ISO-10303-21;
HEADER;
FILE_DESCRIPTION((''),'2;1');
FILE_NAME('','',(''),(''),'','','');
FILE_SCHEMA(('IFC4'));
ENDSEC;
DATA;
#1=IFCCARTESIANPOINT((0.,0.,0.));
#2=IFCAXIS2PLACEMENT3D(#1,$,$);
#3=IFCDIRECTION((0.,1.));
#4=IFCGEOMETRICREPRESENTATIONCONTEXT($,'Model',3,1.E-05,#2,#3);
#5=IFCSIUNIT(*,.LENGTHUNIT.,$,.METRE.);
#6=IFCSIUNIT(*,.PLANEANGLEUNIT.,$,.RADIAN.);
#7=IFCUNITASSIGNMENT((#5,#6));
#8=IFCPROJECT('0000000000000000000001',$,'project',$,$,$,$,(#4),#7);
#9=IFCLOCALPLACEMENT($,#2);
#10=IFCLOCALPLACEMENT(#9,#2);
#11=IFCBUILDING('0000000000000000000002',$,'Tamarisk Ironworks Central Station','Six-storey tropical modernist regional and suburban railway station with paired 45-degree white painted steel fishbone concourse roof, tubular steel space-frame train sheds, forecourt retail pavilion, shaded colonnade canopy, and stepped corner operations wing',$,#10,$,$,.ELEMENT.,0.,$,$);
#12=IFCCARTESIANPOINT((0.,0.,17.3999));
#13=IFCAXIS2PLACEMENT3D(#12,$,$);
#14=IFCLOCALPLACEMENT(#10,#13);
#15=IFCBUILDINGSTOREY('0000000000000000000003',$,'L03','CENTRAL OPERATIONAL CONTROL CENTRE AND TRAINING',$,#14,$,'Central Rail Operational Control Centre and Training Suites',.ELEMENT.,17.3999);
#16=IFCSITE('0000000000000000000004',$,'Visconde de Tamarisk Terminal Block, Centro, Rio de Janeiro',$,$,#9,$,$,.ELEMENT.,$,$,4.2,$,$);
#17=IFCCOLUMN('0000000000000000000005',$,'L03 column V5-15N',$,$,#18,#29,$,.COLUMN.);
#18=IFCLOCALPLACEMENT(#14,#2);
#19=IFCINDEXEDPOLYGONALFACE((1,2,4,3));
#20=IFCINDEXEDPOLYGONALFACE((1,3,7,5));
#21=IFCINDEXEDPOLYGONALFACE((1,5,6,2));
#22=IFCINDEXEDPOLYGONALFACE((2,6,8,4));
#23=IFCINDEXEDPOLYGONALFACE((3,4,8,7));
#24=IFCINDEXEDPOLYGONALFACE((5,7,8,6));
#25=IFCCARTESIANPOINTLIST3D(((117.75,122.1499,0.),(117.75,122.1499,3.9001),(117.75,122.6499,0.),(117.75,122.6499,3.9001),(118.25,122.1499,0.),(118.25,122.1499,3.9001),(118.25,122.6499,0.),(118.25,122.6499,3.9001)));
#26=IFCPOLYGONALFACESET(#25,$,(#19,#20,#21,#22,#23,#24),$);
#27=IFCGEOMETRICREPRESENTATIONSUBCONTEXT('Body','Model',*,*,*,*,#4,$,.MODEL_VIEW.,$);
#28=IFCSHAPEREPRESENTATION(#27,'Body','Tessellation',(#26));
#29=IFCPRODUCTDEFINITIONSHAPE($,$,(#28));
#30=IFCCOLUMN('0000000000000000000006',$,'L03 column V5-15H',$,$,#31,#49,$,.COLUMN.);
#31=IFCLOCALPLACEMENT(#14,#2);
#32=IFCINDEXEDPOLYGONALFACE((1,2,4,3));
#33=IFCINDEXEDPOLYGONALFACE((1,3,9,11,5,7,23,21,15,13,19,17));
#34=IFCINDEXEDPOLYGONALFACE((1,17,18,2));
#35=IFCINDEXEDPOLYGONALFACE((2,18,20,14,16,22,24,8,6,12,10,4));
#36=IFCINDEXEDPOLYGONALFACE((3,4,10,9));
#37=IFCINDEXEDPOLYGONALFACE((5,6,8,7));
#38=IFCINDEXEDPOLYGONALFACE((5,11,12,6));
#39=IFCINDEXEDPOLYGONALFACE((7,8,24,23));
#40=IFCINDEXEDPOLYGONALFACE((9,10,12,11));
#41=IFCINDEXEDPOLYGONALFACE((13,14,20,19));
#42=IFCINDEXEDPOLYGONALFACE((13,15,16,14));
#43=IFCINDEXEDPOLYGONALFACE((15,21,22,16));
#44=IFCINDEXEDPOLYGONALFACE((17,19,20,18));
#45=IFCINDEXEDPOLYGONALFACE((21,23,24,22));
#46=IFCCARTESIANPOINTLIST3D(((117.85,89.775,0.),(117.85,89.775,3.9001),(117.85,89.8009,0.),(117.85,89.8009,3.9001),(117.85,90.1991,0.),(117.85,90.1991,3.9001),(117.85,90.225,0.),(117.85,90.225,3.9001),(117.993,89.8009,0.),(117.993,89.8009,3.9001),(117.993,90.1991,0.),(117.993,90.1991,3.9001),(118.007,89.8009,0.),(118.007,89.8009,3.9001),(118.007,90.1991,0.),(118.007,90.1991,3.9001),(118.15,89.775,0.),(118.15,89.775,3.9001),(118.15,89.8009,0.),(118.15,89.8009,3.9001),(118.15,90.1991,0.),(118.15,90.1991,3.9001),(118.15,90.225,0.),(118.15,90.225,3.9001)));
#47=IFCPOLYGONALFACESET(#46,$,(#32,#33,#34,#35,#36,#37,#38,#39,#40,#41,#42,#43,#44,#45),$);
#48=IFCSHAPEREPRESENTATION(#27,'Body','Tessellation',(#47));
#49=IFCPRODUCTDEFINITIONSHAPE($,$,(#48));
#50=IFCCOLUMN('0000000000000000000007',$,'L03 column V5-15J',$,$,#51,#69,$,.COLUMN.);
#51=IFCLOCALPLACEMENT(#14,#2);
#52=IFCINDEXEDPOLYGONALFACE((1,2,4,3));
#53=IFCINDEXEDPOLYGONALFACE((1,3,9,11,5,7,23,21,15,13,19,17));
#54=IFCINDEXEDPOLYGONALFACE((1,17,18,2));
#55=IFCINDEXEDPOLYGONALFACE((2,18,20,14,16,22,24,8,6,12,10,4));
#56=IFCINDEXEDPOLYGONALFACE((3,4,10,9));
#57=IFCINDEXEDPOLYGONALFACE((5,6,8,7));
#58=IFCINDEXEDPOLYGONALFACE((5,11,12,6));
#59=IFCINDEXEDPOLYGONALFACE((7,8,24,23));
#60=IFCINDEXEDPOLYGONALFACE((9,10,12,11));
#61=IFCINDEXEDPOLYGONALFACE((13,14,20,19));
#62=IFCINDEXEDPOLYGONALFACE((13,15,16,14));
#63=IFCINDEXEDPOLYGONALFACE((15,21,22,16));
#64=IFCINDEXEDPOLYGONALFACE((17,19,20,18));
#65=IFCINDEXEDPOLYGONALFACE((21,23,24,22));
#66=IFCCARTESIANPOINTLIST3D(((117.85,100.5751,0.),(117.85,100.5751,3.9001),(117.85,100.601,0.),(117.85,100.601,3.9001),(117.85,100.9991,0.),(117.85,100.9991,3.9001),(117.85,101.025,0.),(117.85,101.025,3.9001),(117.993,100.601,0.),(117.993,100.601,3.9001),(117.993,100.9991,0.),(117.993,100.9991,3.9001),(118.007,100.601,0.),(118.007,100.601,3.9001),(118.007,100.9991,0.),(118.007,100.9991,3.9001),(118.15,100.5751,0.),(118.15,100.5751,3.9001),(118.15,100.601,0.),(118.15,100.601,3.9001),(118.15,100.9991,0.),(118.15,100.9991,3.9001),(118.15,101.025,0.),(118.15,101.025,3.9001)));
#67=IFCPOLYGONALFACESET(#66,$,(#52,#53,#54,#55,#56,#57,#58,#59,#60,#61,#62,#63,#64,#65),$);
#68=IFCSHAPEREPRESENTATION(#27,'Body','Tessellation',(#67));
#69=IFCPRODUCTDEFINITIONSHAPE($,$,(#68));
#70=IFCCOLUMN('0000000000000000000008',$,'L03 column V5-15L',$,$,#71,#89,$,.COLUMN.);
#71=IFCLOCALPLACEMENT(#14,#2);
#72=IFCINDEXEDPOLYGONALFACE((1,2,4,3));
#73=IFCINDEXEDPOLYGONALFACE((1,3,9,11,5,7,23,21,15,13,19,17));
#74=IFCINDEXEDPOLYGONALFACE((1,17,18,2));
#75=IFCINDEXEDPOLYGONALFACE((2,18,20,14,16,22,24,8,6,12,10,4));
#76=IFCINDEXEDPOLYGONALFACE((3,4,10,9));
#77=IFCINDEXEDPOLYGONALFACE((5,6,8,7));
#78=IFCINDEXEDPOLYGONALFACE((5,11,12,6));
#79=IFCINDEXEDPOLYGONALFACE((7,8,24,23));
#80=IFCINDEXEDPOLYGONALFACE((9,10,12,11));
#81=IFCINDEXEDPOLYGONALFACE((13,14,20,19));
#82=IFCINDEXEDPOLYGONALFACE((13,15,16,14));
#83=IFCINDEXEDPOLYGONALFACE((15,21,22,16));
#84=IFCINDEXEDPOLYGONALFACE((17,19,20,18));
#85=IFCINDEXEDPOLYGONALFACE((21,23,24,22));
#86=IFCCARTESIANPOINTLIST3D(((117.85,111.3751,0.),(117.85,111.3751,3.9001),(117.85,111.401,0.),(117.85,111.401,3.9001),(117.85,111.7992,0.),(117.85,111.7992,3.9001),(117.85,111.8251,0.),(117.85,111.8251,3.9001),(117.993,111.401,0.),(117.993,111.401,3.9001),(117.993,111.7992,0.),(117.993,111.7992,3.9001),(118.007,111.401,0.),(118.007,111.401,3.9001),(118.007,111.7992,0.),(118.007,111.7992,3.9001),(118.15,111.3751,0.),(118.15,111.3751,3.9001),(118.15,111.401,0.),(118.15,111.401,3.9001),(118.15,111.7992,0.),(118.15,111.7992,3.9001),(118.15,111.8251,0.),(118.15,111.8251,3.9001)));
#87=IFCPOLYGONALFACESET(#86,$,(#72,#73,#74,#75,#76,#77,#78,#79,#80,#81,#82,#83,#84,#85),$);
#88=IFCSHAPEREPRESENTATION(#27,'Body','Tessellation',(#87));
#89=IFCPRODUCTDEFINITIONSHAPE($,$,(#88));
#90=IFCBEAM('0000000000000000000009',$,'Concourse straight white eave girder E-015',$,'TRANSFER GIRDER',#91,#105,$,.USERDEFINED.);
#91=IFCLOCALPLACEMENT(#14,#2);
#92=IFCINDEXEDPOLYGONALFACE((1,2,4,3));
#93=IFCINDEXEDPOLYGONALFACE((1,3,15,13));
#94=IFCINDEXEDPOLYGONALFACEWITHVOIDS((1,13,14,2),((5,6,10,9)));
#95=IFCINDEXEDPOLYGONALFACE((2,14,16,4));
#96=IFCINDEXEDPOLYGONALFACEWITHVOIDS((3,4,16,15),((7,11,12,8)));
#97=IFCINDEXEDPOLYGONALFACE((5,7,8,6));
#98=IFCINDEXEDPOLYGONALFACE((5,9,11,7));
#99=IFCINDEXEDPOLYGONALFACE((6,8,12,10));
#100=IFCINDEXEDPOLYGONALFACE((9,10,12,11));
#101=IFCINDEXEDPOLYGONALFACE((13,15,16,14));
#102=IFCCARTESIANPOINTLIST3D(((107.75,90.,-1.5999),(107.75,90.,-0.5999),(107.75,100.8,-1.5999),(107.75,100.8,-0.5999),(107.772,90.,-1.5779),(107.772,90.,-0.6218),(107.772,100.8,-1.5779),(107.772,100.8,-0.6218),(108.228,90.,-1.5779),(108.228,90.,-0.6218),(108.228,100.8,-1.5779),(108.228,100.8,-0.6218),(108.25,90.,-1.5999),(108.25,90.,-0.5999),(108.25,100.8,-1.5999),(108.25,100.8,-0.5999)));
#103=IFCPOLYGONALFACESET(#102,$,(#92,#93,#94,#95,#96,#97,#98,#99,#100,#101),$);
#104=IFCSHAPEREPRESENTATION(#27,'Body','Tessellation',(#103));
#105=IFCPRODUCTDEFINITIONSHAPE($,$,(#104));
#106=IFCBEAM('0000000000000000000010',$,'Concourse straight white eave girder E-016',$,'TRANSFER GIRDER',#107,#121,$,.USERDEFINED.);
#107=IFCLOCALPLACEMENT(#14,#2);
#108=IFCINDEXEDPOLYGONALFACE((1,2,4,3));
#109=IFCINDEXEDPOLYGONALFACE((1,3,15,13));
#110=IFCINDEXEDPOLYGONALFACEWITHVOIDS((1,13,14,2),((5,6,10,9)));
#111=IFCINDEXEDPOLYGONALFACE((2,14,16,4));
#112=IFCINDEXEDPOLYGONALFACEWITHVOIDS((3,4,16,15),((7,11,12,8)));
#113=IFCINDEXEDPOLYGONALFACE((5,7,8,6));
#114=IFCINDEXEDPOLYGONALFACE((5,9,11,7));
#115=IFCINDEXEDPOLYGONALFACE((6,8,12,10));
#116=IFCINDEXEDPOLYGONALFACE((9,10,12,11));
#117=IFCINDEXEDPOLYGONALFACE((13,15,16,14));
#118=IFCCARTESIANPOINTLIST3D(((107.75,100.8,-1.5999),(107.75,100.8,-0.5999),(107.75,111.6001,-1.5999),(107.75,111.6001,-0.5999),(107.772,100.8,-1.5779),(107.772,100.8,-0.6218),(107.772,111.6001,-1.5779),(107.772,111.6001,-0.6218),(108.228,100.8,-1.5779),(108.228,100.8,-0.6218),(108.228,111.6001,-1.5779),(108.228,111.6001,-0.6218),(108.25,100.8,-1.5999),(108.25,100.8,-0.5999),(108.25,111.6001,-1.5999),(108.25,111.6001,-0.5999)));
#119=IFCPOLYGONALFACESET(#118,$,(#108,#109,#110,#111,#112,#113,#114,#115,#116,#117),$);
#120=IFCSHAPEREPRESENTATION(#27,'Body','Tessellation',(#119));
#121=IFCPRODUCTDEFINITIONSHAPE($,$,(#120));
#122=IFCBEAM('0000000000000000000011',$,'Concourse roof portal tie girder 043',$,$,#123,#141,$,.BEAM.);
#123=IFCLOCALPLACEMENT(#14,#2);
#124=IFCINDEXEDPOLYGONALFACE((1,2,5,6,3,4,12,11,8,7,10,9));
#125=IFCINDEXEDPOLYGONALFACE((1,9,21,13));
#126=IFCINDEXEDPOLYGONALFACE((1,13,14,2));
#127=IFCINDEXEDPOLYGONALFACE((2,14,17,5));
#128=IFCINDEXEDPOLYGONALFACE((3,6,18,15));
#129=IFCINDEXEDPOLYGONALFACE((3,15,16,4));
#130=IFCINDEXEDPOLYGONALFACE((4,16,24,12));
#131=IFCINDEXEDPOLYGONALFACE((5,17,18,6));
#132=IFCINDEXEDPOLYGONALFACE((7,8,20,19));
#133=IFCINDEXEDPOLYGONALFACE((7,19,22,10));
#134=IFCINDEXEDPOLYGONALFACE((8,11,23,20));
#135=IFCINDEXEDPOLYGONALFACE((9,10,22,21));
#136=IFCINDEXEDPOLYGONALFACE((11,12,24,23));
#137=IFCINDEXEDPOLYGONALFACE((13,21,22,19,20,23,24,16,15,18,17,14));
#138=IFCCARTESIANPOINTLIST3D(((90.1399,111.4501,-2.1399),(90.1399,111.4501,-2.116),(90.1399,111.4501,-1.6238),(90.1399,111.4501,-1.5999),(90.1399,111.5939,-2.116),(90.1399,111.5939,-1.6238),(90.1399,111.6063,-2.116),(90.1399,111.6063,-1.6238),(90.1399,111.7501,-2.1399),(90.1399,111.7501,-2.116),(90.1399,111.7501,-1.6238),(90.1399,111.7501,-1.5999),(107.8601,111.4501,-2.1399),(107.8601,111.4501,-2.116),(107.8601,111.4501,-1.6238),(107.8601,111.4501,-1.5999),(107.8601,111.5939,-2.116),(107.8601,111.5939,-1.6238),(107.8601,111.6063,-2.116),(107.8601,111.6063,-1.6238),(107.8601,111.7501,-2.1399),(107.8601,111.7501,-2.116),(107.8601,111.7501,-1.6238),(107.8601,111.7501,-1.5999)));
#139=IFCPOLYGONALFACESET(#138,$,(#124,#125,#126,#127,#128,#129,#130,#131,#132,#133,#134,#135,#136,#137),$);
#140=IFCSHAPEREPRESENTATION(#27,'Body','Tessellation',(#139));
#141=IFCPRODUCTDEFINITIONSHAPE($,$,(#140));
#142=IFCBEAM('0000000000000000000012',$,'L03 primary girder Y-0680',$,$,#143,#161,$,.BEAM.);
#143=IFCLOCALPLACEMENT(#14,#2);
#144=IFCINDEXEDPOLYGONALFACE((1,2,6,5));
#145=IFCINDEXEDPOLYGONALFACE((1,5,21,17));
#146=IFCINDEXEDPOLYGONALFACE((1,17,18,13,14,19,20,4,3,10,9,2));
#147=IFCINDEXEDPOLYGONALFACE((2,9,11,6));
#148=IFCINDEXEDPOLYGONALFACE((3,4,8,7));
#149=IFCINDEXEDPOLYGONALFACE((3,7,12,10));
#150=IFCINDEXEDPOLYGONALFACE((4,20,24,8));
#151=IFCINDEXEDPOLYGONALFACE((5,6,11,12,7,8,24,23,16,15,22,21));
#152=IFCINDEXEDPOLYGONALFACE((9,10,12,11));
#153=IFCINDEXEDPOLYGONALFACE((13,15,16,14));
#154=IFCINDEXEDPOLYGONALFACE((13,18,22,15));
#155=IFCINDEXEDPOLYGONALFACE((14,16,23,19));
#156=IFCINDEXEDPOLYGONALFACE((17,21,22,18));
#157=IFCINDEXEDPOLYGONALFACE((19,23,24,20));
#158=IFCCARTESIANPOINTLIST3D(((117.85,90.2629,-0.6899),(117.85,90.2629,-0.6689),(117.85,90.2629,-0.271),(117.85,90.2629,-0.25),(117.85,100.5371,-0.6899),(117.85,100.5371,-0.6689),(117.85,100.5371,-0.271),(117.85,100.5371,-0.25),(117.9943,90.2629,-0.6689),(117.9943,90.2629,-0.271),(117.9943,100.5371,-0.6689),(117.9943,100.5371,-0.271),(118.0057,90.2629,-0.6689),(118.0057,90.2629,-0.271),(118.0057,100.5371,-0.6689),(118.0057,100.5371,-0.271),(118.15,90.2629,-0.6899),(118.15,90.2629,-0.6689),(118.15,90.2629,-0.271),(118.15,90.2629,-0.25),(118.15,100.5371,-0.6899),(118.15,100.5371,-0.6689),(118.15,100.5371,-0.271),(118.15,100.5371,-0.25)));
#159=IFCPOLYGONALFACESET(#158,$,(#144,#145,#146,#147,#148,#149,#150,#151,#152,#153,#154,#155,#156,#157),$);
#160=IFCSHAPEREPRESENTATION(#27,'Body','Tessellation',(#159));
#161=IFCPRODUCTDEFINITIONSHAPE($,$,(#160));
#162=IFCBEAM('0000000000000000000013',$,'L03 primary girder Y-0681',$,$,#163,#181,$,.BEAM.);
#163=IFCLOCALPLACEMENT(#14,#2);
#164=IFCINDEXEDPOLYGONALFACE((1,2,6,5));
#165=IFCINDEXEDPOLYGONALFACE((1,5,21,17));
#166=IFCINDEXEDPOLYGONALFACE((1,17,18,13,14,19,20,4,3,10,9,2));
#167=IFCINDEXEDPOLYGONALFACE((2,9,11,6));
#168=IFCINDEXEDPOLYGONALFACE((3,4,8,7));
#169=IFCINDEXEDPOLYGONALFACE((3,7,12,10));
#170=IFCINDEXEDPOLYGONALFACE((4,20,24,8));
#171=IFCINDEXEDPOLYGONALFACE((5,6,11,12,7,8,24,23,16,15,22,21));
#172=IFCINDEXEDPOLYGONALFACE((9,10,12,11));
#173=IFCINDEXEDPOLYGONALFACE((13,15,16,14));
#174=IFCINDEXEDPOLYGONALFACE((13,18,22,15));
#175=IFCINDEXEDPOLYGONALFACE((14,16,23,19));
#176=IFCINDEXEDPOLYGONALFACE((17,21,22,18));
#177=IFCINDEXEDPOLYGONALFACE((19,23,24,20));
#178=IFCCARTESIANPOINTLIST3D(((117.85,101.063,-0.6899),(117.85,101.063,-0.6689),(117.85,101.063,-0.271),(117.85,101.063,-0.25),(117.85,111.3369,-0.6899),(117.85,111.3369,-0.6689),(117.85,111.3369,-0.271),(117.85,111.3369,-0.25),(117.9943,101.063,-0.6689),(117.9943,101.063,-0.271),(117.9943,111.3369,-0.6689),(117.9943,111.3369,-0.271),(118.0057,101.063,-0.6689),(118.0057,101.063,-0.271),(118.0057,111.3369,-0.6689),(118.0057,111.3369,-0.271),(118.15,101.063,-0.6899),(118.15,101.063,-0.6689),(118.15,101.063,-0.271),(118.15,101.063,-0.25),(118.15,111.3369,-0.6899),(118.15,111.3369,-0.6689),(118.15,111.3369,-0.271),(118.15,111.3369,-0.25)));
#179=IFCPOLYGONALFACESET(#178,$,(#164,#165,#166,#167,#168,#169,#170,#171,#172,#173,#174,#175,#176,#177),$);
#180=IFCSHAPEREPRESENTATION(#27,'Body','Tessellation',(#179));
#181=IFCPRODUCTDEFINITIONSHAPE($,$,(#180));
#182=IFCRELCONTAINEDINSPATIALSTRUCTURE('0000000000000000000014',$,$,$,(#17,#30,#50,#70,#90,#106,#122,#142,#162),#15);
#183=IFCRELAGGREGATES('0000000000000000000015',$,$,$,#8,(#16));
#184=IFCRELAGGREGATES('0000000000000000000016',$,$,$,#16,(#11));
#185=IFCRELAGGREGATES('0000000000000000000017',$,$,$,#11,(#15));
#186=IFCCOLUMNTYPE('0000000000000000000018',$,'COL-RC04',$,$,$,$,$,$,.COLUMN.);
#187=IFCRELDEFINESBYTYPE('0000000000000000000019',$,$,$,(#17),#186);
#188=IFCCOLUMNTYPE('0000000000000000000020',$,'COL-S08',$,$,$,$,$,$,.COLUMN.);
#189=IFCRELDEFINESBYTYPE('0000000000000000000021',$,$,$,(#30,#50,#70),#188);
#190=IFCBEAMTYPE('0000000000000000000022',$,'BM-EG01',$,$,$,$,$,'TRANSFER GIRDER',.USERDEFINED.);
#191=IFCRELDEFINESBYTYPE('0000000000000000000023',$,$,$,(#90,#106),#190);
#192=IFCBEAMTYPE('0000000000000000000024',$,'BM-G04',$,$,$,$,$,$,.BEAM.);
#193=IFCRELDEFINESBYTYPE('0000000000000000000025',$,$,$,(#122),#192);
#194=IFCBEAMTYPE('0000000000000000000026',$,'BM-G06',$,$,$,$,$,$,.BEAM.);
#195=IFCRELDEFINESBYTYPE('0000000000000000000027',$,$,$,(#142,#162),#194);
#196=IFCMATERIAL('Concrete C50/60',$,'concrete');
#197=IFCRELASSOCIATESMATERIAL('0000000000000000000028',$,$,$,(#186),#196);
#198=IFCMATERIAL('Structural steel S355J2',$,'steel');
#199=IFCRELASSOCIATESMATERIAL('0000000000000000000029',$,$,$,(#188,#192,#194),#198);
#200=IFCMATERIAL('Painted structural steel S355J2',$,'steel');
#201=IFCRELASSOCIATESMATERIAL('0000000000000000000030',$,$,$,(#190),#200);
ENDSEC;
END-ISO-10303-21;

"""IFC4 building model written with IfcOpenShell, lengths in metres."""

from ifc_helpers import new_model, si_unit, direction, frame, origin, origin_2d, place, context, subcontext, project, spatial, rectangle, hollow_rectangle, i_section, extrude, material, material_profile, profile_set, type_object, element, save


model = new_model("IFC4")

# Units and contexts
model_context = context("Model", 3, precision=1e-05, world=origin(), true_north=direction((0.0, 1.0)))
body_context = subcontext(model_context, "Body", "Model", "MODEL_VIEW")
ifc_project = project(units=[si_unit("LENGTHUNIT", "METRE"), si_unit("PLANEANGLEUNIT", "RADIAN")], contexts=[model_context])

# Site, building, storey
site_placement = place(None, origin())
site = spatial("IfcSite", under=ifc_project, at=site_placement, Name="Visconde de Tamarisk Terminal Block, Centro, Rio de Janeiro", CompositionType="ELEMENT", RefElevation=4.2)
building_placement = place(site_placement, origin())
building = spatial("IfcBuilding", under=site, at=building_placement, Name="Tamarisk Ironworks Central Station", Description="Six-storey tropical modernist regional and suburban railway station with paired 45-degree white painted steel fishbone concourse roof, tubular steel space-frame train sheds, forecourt retail pavilion, shaded colonnade canopy, and stepped corner operations wing", CompositionType="ELEMENT", ElevationOfRefHeight=0.0)
storey_placement = place(building_placement, frame((0.0, 0.0, 17.3999)))
storey = spatial("IfcBuildingStorey", under=building, at=storey_placement, Name="L03", Description="CENTRAL OPERATIONAL CONTROL CENTRE AND TRAINING", LongName="Central Rail Operational Control Centre and Training Suites", CompositionType="ELEMENT", Elevation=17.3999)

# Columns
ifc_material_1 = material(Name="Concrete C50/60", Category="concrete")
ifc_material_profile_1 = material_profile(ifc_material_1, rectangle(XDim=0.5, YDim=0.5, at=origin_2d()), Name="RC 500x500")
ifc_profile_set_1 = profile_set([ifc_material_profile_1], Name="Concrete C50/60")
column_type_1 = type_object("IfcColumnType", Name="COL-RC04", PredefinedType="COLUMN", material=ifc_profile_set_1)
column_placement = place(storey_placement, frame((118.0, 122.3999, 0.0), z_axis=(0.0, 0.0, 1.0), x_axis=(1.0, 0.0, 0.0)))
element("IfcColumn", 1, at=column_placement, inside=storey, type_object=column_type_1, Name="L03 column V5-15N", PredefinedType="COLUMN", context=body_context, shape_type="SweptSolid", body=[
    extrude(rectangle(XDim=0.5, YDim=0.5, at=origin_2d()), origin(), (0.0, 0.0, 1.0), 3.9001),
])
ifc_material_2 = material(Name="Structural steel S355J2", Category="steel")
ifc_material_profile_2 = material_profile(ifc_material_2, i_section(OverallWidth=0.3, OverallDepth=0.45, WebThickness=0.0139, FlangeThickness=0.0259, at=origin_2d()), Name="HEB 450")
ifc_profile_set_2 = profile_set([ifc_material_profile_2], Name="Structural steel S355J2")
column_type_2 = type_object("IfcColumnType", Name="COL-S08", PredefinedType="COLUMN", material=ifc_profile_set_2)
for number, where, z_axis, x_axis, name in (
    (2, (118.0, 90.0, 0.0), (0.0, 0.0, 1.0), (1.0, 0.0, 0.0), "L03 column V5-15H"),
    (3, (118.0, 100.8, 0.0), (0.0, 0.0, 1.0), (1.0, 0.0, 0.0), "L03 column V5-15J"),
    (4, (118.0, 111.6001, 0.0), (0.0, 0.0, 1.0), (1.0, 0.0, 0.0), "L03 column V5-15L"),
):
    element("IfcColumn", number, at=place(storey_placement, frame(where, z_axis=z_axis, x_axis=x_axis)), inside=storey, type_object=column_type_2, Name=name, PredefinedType="COLUMN", context=body_context, shape_type="SweptSolid", body=[
        extrude(i_section(OverallWidth=0.3, OverallDepth=0.45, WebThickness=0.0139, FlangeThickness=0.0259, at=origin_2d()), origin(), (0.0, 0.0, 1.0), 3.9001),
    ])

# Beams
ifc_material_3 = material(Name="Painted structural steel S355J2", Category="steel")
ifc_material_profile_3 = material_profile(ifc_material_3, hollow_rectangle(XDim=0.5, YDim=1.0, WallThickness=0.022, at=origin_2d()), Name="BOX 500x1000x22")
ifc_profile_set_3 = profile_set([ifc_material_profile_3], Name="Painted structural steel S355J2")
beam_type_1 = type_object("IfcBeamType", Name="BM-EG01", ElementType="TRANSFER GIRDER", PredefinedType="USERDEFINED", material=ifc_profile_set_3)
for number, where, z_axis, x_axis, name in (
    (5, (108.0, 90.0, -1.0999), (0.0, 1.0, 0.0), (-1.0, 0.0, 0.0), "Concourse straight white eave girder E-015"),
    (6, (108.0, 100.8, -1.0999), (0.0, 1.0, 0.0), (-1.0, 0.0, 0.0), "Concourse straight white eave girder E-016"),
):
    element("IfcBeam", number, at=place(storey_placement, frame(where, z_axis=z_axis, x_axis=x_axis)), inside=storey, type_object=beam_type_1, Name=name, ObjectType="TRANSFER GIRDER", PredefinedType="USERDEFINED", context=body_context, shape_type="SweptSolid", body=[
        extrude(hollow_rectangle(XDim=0.5, YDim=1.0, WallThickness=0.022, at=origin_2d()), origin(), (0.0, 0.0, 1.0), 10.8),
    ])
ifc_material_profile_4 = material_profile(ifc_material_2, i_section(OverallWidth=0.3, OverallDepth=0.54, WebThickness=0.0125, FlangeThickness=0.0239, at=origin_2d()), Name="HEA 550")
ifc_profile_set_4 = profile_set([ifc_material_profile_4], Name="Structural steel S355J2")
beam_type_2 = type_object("IfcBeamType", Name="BM-G04", PredefinedType="BEAM", material=ifc_profile_set_4)
beam_1_placement = place(storey_placement, frame((90.1399, 111.6001, -1.8699), z_axis=(1.0, 0.0, 0.0), x_axis=(0.0, 1.0, 0.0)))
element("IfcBeam", 7, at=beam_1_placement, inside=storey, type_object=beam_type_2, Name="Concourse roof portal tie girder 043", PredefinedType="BEAM", context=body_context, shape_type="SweptSolid", body=[
    extrude(i_section(OverallWidth=0.3, OverallDepth=0.54, WebThickness=0.0125, FlangeThickness=0.0239, at=origin_2d()), origin(), (0.0, 0.0, 1.0), 17.7202),
])
ifc_material_profile_5 = material_profile(ifc_material_2, i_section(OverallWidth=0.3, OverallDepth=0.4399, WebThickness=0.0115, FlangeThickness=0.021, at=origin_2d()), Name="HEA 450")
ifc_profile_set_5 = profile_set([ifc_material_profile_5], Name="Structural steel S355J2")
beam_type_3 = type_object("IfcBeamType", Name="BM-G06", PredefinedType="BEAM", material=ifc_profile_set_5)
beam_2_placement = place(storey_placement, frame((118.0, 90.2629, -0.47), z_axis=(0.0, 1.0, 0.0), x_axis=(-1.0, 0.0, 0.0)))
element("IfcBeam", 8, at=beam_2_placement, inside=storey, type_object=beam_type_3, Name="L03 primary girder Y-0680", PredefinedType="BEAM", context=body_context, shape_type="SweptSolid", body=[
    extrude(i_section(OverallWidth=0.3, OverallDepth=0.4399, WebThickness=0.0115, FlangeThickness=0.021, at=origin_2d()), origin(), (0.0, 0.0, 1.0), 10.2742),
])
beam_3_placement = place(storey_placement, frame((118.0, 101.063, -0.47), z_axis=(0.0, 1.0, 0.0), x_axis=(-1.0, 0.0, 0.0)))
element("IfcBeam", 9, at=beam_3_placement, inside=storey, type_object=beam_type_3, Name="L03 primary girder Y-0681", PredefinedType="BEAM", context=body_context, shape_type="SweptSolid", body=[
    extrude(i_section(OverallWidth=0.3, OverallDepth=0.4399, WebThickness=0.0115, FlangeThickness=0.021, at=origin_2d()), origin(), (0.0, 0.0, 1.0), 10.2739),
])

save(model, "model.ifc")
